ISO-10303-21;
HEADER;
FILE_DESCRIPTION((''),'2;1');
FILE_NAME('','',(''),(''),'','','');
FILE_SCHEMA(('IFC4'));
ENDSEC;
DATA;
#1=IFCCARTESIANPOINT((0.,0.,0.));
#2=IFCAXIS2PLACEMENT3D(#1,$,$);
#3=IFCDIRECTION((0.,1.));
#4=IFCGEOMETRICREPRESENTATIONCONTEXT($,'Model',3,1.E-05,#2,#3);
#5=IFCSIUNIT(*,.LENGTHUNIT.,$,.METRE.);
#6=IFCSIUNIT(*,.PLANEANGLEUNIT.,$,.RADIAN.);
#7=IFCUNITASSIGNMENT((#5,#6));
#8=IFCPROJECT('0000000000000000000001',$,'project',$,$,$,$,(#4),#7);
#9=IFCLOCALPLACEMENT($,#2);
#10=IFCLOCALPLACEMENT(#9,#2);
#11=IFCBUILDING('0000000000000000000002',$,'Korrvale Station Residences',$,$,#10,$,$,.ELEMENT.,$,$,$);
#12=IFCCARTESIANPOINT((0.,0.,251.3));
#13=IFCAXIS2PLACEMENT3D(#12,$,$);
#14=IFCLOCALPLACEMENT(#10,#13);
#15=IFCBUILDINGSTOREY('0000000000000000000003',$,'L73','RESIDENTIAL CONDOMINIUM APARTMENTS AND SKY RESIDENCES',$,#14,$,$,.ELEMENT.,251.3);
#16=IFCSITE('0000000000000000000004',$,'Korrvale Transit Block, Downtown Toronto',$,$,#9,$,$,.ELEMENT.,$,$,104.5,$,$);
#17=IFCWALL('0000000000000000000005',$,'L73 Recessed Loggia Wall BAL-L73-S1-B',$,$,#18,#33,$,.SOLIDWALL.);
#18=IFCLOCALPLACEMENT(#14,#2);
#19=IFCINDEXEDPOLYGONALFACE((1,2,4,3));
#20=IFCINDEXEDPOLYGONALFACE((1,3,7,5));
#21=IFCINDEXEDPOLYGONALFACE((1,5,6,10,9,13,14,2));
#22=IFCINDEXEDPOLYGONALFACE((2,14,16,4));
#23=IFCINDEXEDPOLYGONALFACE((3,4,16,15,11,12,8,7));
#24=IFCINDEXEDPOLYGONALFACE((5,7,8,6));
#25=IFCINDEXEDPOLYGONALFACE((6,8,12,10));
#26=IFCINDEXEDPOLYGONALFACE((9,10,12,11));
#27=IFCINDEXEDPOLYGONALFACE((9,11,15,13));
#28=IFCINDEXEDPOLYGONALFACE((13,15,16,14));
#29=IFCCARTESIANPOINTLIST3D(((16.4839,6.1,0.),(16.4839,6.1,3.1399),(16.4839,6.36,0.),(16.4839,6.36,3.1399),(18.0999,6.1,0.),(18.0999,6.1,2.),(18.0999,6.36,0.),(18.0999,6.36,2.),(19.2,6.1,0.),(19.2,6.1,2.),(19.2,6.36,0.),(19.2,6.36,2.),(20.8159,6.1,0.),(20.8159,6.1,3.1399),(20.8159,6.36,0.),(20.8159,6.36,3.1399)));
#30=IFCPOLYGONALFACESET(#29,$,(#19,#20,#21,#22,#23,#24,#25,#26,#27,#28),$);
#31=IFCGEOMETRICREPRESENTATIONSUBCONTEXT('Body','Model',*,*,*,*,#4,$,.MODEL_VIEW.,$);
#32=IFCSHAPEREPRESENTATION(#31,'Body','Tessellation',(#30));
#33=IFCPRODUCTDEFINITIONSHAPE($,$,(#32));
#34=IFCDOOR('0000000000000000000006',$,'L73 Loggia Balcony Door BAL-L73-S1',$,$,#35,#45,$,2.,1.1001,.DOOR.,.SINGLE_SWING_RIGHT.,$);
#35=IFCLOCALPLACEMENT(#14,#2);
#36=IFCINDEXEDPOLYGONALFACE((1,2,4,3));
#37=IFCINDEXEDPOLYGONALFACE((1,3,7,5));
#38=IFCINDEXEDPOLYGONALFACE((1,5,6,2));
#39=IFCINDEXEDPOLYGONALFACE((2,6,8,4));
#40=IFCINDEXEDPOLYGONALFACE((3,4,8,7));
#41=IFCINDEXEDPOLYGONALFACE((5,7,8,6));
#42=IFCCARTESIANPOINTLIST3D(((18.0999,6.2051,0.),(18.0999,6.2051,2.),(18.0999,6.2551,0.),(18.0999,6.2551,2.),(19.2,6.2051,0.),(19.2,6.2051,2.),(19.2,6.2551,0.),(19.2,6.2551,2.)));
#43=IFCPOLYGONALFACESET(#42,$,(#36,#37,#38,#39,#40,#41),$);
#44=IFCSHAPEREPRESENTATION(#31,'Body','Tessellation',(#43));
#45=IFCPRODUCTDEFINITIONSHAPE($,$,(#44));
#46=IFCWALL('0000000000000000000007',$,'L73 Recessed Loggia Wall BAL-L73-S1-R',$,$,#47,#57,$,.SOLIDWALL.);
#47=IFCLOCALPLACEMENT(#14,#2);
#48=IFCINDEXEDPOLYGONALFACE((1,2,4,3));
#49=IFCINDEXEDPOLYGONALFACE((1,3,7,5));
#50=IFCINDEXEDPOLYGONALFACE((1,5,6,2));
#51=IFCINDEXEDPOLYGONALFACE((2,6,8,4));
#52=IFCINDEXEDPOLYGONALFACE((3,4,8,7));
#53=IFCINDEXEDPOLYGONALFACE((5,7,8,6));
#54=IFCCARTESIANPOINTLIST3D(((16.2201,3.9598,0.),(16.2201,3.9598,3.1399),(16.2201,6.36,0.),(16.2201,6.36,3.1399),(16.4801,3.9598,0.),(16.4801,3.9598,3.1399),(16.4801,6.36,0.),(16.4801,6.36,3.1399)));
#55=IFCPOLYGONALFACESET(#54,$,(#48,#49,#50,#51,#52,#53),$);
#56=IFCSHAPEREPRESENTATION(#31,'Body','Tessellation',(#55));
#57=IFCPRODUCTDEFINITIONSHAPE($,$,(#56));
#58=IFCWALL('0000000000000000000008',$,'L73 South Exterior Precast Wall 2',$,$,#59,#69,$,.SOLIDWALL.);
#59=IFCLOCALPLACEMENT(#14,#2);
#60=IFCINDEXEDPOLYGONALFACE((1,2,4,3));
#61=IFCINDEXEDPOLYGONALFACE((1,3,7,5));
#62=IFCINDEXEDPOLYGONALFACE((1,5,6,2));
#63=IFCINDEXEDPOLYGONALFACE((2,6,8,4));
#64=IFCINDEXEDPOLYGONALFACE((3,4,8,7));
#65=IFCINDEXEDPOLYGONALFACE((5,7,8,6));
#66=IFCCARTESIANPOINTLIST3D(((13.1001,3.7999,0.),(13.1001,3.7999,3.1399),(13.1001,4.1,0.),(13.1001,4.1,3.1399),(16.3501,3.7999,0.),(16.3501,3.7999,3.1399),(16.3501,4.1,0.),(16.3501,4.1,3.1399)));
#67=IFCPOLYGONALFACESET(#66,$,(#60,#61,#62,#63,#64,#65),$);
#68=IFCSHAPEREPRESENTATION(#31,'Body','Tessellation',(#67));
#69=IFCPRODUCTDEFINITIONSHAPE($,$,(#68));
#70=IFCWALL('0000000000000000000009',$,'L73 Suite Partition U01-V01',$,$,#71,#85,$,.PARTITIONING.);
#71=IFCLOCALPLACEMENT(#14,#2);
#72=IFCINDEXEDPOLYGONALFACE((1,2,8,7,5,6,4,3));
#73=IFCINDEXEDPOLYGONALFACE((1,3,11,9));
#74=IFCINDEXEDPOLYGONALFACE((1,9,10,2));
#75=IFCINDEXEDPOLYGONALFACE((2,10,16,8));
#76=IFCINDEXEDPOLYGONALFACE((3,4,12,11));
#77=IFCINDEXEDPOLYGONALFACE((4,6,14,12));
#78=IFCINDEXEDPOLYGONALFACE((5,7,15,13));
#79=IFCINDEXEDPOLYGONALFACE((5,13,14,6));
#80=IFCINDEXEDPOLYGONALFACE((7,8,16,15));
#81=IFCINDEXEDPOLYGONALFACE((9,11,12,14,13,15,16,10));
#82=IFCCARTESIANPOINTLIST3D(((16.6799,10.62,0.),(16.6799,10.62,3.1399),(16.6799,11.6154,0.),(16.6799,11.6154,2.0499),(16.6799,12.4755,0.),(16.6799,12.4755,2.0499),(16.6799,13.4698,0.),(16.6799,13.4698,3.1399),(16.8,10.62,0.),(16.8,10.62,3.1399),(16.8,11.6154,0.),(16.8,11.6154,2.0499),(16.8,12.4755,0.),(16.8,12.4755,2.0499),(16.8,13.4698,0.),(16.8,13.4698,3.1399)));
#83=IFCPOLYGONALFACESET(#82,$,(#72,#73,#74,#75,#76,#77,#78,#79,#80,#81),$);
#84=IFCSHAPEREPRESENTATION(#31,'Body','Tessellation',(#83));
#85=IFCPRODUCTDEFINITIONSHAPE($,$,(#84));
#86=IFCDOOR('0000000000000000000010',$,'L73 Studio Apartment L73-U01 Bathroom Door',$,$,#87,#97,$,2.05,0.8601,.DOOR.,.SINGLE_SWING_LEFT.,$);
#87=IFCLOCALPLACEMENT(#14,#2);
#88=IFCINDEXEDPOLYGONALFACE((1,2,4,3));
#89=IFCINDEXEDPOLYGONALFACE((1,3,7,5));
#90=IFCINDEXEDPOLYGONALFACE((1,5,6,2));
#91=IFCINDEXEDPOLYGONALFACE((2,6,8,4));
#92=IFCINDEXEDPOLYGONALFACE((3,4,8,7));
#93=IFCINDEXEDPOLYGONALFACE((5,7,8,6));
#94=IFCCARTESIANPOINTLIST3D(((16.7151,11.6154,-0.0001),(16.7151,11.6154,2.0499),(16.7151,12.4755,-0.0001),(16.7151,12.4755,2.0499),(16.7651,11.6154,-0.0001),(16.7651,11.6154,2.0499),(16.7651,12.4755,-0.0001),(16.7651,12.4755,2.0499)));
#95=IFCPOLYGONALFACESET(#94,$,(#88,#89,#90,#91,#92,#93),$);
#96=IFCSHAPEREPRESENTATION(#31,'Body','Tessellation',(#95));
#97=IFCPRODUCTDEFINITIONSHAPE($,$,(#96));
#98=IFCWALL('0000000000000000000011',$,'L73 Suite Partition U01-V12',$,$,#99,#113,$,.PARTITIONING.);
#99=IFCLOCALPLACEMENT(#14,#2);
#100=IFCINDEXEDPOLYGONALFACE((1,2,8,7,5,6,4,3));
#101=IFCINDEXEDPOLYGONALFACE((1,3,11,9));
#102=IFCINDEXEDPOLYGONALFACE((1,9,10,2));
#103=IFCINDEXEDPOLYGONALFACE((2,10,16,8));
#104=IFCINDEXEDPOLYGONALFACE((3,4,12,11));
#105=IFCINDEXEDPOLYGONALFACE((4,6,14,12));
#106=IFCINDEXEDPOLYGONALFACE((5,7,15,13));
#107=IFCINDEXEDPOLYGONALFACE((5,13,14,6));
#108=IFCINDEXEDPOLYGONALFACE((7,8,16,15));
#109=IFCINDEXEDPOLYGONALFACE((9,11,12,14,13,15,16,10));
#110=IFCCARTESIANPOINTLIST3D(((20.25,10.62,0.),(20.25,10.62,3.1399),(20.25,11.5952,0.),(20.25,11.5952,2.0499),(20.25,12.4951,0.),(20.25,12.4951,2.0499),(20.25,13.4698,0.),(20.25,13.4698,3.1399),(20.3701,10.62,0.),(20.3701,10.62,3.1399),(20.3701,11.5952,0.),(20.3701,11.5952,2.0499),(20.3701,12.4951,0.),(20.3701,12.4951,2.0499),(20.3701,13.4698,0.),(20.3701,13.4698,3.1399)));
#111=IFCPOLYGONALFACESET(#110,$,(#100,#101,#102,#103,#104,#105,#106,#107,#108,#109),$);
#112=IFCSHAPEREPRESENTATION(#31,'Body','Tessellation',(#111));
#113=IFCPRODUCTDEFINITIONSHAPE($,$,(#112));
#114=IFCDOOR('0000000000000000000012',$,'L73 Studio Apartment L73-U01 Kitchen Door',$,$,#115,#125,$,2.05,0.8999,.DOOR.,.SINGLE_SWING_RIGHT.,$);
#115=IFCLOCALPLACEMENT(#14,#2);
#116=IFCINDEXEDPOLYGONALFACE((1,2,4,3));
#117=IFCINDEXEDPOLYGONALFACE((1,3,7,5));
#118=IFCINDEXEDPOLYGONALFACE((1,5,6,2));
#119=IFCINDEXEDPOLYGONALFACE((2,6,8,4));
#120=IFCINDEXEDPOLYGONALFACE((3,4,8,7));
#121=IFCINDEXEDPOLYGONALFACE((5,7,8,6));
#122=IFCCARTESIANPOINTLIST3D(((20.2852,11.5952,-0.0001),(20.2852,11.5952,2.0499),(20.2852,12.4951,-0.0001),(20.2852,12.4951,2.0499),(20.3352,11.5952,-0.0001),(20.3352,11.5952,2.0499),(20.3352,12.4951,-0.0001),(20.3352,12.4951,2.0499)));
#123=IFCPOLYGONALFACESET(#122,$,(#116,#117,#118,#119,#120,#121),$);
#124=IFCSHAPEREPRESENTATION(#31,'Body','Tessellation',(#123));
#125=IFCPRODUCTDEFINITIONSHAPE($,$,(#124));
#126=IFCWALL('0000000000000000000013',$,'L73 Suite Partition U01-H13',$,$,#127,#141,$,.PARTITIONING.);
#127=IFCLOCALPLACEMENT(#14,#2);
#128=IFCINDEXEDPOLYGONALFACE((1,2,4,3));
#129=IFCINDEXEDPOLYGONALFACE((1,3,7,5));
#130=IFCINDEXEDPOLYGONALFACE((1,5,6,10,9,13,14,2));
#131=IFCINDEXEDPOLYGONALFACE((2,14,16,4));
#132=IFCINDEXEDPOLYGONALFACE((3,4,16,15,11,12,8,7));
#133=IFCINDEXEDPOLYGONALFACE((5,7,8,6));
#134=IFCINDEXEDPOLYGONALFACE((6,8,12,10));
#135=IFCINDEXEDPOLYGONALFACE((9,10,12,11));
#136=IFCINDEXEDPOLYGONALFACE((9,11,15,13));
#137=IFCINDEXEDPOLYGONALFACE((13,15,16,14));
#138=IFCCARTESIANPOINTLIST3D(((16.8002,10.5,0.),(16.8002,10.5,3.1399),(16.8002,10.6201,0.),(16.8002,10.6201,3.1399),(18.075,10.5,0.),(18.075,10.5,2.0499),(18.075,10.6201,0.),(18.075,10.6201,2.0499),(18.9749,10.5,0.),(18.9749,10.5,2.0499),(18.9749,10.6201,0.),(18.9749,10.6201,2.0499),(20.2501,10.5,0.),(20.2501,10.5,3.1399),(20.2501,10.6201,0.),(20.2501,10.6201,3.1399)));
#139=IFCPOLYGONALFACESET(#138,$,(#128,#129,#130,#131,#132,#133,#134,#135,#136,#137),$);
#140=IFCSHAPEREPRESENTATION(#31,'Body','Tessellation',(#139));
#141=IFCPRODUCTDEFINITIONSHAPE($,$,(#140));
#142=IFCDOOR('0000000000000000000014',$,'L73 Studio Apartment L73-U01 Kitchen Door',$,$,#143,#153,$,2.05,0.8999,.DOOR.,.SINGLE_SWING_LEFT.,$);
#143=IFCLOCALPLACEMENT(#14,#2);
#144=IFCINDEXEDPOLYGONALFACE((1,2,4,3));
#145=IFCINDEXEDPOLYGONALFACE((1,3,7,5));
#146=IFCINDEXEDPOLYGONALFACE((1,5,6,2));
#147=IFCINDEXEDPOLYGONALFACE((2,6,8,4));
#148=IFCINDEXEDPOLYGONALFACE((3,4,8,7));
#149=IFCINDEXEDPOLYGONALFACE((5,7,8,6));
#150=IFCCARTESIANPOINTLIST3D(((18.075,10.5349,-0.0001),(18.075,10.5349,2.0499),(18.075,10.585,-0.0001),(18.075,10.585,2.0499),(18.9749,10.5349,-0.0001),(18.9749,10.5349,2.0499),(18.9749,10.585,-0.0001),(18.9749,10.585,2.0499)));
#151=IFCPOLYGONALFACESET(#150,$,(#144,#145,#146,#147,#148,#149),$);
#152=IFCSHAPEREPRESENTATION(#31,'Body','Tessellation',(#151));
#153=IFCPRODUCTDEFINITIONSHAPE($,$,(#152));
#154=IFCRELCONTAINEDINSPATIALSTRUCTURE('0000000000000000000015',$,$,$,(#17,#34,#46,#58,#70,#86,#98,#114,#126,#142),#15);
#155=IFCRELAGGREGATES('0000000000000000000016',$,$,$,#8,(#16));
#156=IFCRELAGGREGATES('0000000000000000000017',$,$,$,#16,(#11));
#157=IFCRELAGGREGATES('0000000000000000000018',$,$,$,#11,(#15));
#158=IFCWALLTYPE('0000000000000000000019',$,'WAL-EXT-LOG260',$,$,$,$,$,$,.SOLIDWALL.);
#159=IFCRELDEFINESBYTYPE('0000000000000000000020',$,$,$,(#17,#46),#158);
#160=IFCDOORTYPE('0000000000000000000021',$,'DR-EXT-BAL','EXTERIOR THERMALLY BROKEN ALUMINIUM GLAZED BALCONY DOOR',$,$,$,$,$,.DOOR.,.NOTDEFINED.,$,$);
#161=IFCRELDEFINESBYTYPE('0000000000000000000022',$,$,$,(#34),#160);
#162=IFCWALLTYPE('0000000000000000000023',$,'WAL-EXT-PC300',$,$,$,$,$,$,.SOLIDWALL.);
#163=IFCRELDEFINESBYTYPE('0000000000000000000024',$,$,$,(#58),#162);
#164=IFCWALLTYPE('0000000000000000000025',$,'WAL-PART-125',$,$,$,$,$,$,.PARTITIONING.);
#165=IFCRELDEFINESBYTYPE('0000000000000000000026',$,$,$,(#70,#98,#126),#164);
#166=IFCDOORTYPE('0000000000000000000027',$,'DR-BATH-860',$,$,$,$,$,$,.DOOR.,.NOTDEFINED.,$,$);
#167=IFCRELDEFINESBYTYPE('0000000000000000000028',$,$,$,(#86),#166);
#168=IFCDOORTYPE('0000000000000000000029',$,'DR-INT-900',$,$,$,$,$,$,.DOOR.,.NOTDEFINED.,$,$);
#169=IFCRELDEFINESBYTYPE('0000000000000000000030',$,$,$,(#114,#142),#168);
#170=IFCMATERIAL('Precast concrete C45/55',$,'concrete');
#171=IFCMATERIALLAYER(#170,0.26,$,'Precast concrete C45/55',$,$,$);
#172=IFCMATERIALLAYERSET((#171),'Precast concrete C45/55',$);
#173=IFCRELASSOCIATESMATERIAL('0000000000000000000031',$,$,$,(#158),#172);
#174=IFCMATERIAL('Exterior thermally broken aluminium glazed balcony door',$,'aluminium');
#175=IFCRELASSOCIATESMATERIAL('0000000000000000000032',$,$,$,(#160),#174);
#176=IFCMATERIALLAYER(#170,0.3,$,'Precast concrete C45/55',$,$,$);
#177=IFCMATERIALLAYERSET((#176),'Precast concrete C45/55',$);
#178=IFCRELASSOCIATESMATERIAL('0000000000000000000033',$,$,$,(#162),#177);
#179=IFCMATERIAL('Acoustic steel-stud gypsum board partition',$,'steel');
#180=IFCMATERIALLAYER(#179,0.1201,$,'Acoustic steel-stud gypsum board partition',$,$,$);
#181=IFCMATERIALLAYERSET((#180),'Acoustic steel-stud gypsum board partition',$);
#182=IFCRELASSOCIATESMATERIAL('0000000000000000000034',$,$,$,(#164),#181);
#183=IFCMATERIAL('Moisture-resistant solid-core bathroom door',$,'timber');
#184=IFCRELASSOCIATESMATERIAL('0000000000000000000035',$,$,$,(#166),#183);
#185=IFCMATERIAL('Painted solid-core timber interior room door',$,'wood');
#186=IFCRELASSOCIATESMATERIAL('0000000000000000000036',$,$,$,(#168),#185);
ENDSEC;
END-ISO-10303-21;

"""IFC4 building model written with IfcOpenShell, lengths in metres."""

from ifc_helpers import new_model, si_unit, direction, frame, frame_2d, origin, place, context, subcontext, project, spatial, rectangle, extrude, material, layer, layer_set, type_object, element, fill, save


model = new_model("IFC4")

# Units and contexts
model_context = context("Model", 3, precision=1e-05, world=origin(), true_north=direction((0.0, 1.0)))
body_context = subcontext(model_context, "Body", "Model", "MODEL_VIEW")
ifc_project = project(units=[si_unit("LENGTHUNIT", "METRE"), si_unit("PLANEANGLEUNIT", "RADIAN")], contexts=[model_context])

# Site, building, storey
site_placement = place(None, origin())
site = spatial("IfcSite", under=ifc_project, at=site_placement, Name="Korrvale Transit Block, Downtown Toronto", CompositionType="ELEMENT", RefElevation=104.5)
building_placement = place(site_placement, origin())
building = spatial("IfcBuilding", under=site, at=building_placement, Name="Korrvale Station Residences", CompositionType="ELEMENT")
storey_placement = place(building_placement, frame((0.0, 0.0, 251.3)))
storey = spatial("IfcBuildingStorey", under=building, at=storey_placement, Name="L73", Description="RESIDENTIAL CONDOMINIUM APARTMENTS AND SKY RESIDENCES", CompositionType="ELEMENT", Elevation=251.3)

# Shared definitions
ifc_material_1 = material(Name="Precast concrete C45/55", Category="concrete")
ifc_layer_1 = layer(ifc_material_1, 0.26, Name="Precast concrete C45/55")
ifc_layer_set_1 = layer_set([ifc_layer_1], Name="Precast concrete C45/55")
wall_type_1 = type_object("IfcWallType", Name="WAL-EXT-LOG260", PredefinedType="SOLIDWALL", material=ifc_layer_set_1)

# Wall, opening, door
wall_1_placement = place(storey_placement, frame((20.8159, 6.23, 0.0), z_axis=(0.0, 0.0, 1.0), x_axis=(-1.0, 0.0, 0.0)))
wall_1 = element("IfcWall", 1, at=wall_1_placement, inside=storey, type_object=wall_type_1, Name="L73 Recessed Loggia Wall BAL-L73-S1-B", PredefinedType="SOLIDWALL", context=body_context, shape_type="SweptSolid", body=[
    extrude(rectangle(XDim=4.332, YDim=0.26, at=frame_2d((2.166, 0.0))), origin(), (0.0, 0.0, 1.0), 3.1399),
])
opening_1_placement = place(wall_1_placement, frame((1.616, 0.0, 0.0)))
opening_1 = element("IfcOpeningElement", 2, at=opening_1_placement, cuts=wall_1, PredefinedType="OPENING", context=body_context, shape_type="SweptSolid", body=[
    extrude(rectangle(XDim=1.1001, YDim=2.0, at=frame_2d((0.55, 1.0))), frame((0.0, 0.1401, 0.0), z_axis=(0.0, -1.0, 0.0), x_axis=(1.0, 0.0, 0.0)), (0.0, 0.0, 1.0), 0.28),
])
ifc_material_2 = material(Name="Exterior thermally broken aluminium glazed balcony door", Category="aluminium")
door_type_1 = type_object("IfcDoorType", Name="DR-EXT-BAL", Description="EXTERIOR THERMALLY BROKEN ALUMINIUM GLAZED BALCONY DOOR", OperationType="NOTDEFINED", PredefinedType="DOOR", material=ifc_material_2)
door_1_placement = place(opening_1_placement, origin())
door_1 = element("IfcDoor", 3, at=door_1_placement, inside=storey, type_object=door_type_1, Name="L73 Loggia Balcony Door BAL-L73-S1", OperationType="SINGLE_SWING_RIGHT", OverallHeight=2.0, OverallWidth=1.1001, PredefinedType="DOOR", context=body_context, shape_type="SweptSolid", body=[
    extrude(rectangle(XDim=1.1001, YDim=2.0, at=frame_2d((0.55, 1.0))), frame((0.0, 0.0249, 0.0), z_axis=(0.0, -1.0, 0.0), x_axis=(1.0, 0.0, 0.0)), (0.0, 0.0, 1.0), 0.05),
])
fill(opening_1, door_1)

# Walls
wall_2_placement = place(storey_placement, frame((16.3501, 6.3601, 0.0), z_axis=(0.0, 0.0, 1.0), x_axis=(0.0, -1.0, 0.0)))
element("IfcWall", 4, at=wall_2_placement, inside=storey, type_object=wall_type_1, Name="L73 Recessed Loggia Wall BAL-L73-S1-R", PredefinedType="SOLIDWALL", context=body_context, shape_type="SweptSolid", body=[
    extrude(rectangle(XDim=2.4001, YDim=0.26, at=frame_2d((1.2002, 0.0))), origin(), (0.0, 0.0, 1.0), 3.1399),
])
ifc_layer_2 = layer(ifc_material_1, 0.3, Name="Precast concrete C45/55")
ifc_layer_set_2 = layer_set([ifc_layer_2], Name="Precast concrete C45/55")
wall_type_2 = type_object("IfcWallType", Name="WAL-EXT-PC300", PredefinedType="SOLIDWALL", material=ifc_layer_set_2)
wall_3_placement = place(storey_placement, frame((16.3501, 3.95, 0.0), z_axis=(0.0, 0.0, 1.0), x_axis=(-1.0, 0.0, 0.0)))
element("IfcWall", 5, at=wall_3_placement, inside=storey, type_object=wall_type_2, Name="L73 South Exterior Precast Wall 2", PredefinedType="SOLIDWALL", context=body_context, shape_type="SweptSolid", body=[
    extrude(rectangle(XDim=3.25, YDim=0.3, at=frame_2d((1.625, 0.0))), origin(), (0.0, 0.0, 1.0), 3.1399),
])

# Walls, openings, doors
ifc_material_3 = material(Name="Acoustic steel-stud gypsum board partition", Category="steel")
ifc_layer_3 = layer(ifc_material_3, 0.1201, Name="Acoustic steel-stud gypsum board partition")
ifc_layer_set_3 = layer_set([ifc_layer_3], Name="Acoustic steel-stud gypsum board partition")
wall_type_3 = type_object("IfcWallType", Name="WAL-PART-125", PredefinedType="PARTITIONING", material=ifc_layer_set_3)
wall_4_placement = place(storey_placement, frame((16.74, 10.6201, 0.0), z_axis=(0.0, 0.0, 1.0), x_axis=(0.0, 1.0, 0.0)))
wall_4 = element("IfcWall", 6, at=wall_4_placement, inside=storey, type_object=wall_type_3, Name="L73 Suite Partition U01-V01", PredefinedType="PARTITIONING", context=body_context, shape_type="SweptSolid", body=[
    extrude(rectangle(XDim=2.8499, YDim=0.1201, at=frame_2d((1.4248, 0.0))), origin(), (0.0, 0.0, 1.0), 3.1399),
])
opening_2_placement = place(wall_4_placement, frame((0.9951, 0.0, 0.0)))
opening_2 = element("IfcOpeningElement", 7, at=opening_2_placement, cuts=wall_4, PredefinedType="OPENING", context=body_context, shape_type="SweptSolid", body=[
    extrude(rectangle(XDim=0.8601, YDim=2.05, at=frame_2d((0.4302, 1.0249))), frame((0.0, 0.0701, 0.0), z_axis=(0.0, -1.0, 0.0), x_axis=(1.0, 0.0, 0.0)), (0.0, 0.0, 1.0), 0.1401),
])
ifc_material_4 = material(Name="Moisture-resistant solid-core bathroom door", Category="timber")
door_type_2 = type_object("IfcDoorType", Name="DR-BATH-860", OperationType="NOTDEFINED", PredefinedType="DOOR", material=ifc_material_4)
door_2_placement = place(opening_2_placement, origin())
door_2 = element("IfcDoor", 8, at=door_2_placement, inside=storey, type_object=door_type_2, Name="L73 Studio Apartment L73-U01 Bathroom Door", OperationType="SINGLE_SWING_LEFT", OverallHeight=2.05, OverallWidth=0.8601, PredefinedType="DOOR", context=body_context, shape_type="SweptSolid", body=[
    extrude(rectangle(XDim=0.8601, YDim=2.05, at=frame_2d((0.4302, 1.0249))), frame((0.0, 0.0249, 0.0), z_axis=(0.0, -1.0, 0.0), x_axis=(1.0, 0.0, 0.0)), (0.0, 0.0, 1.0), 0.05),
])
fill(opening_2, door_2)
wall_5_placement = place(storey_placement, frame((20.3101, 10.6201, 0.0), z_axis=(0.0, 0.0, 1.0), x_axis=(0.0, 1.0, 0.0)))
wall_5 = element("IfcWall", 9, at=wall_5_placement, inside=storey, type_object=wall_type_3, Name="L73 Suite Partition U01-V12", PredefinedType="PARTITIONING", context=body_context, shape_type="SweptSolid", body=[
    extrude(rectangle(XDim=2.8499, YDim=0.1201, at=frame_2d((1.4248, 0.0))), origin(), (0.0, 0.0, 1.0), 3.1399),
])
opening_3_placement = place(wall_5_placement, frame((0.9751, 0.0, 0.0)))
opening_3 = element("IfcOpeningElement", 10, at=opening_3_placement, cuts=wall_5, PredefinedType="OPENING", context=body_context, shape_type="SweptSolid", body=[
    extrude(rectangle(XDim=0.8999, YDim=2.05, at=frame_2d((0.45, 1.0249))), frame((0.0, 0.0701, 0.0), z_axis=(0.0, -1.0, 0.0), x_axis=(1.0, 0.0, 0.0)), (0.0, 0.0, 1.0), 0.1401),
])
ifc_material_5 = material(Name="Painted solid-core timber interior room door", Category="wood")
door_type_3 = type_object("IfcDoorType", Name="DR-INT-900", OperationType="NOTDEFINED", PredefinedType="DOOR", material=ifc_material_5)
door_3_placement = place(opening_3_placement, origin())
door_3 = element("IfcDoor", 11, at=door_3_placement, inside=storey, type_object=door_type_3, Name="L73 Studio Apartment L73-U01 Kitchen Door", OperationType="SINGLE_SWING_RIGHT", OverallHeight=2.05, OverallWidth=0.8999, PredefinedType="DOOR", context=body_context, shape_type="SweptSolid", body=[
    extrude(rectangle(XDim=0.8999, YDim=2.05, at=frame_2d((0.45, 1.0249))), frame((0.0, 0.0249, 0.0), z_axis=(0.0, -1.0, 0.0), x_axis=(1.0, 0.0, 0.0)), (0.0, 0.0, 1.0), 0.05),
])
fill(opening_3, door_3)
wall_6_placement = place(storey_placement, frame((16.8, 10.5601, 0.0), z_axis=(0.0, 0.0, 1.0), x_axis=(1.0, 0.0, 0.0)))
wall_6 = element("IfcWall", 12, at=wall_6_placement, inside=storey, type_object=wall_type_3, Name="L73 Suite Partition U01-H13", PredefinedType="PARTITIONING", context=body_context, shape_type="SweptSolid", body=[
    extrude(rectangle(XDim=3.45, YDim=0.1201, at=frame_2d((1.7251, 0.0))), origin(), (0.0, 0.0, 1.0), 3.1399),
])
opening_4_placement = place(wall_6_placement, frame((1.2749, 0.0, 0.0)))
opening_4 = element("IfcOpeningElement", 13, at=opening_4_placement, cuts=wall_6, PredefinedType="OPENING", context=body_context, shape_type="SweptSolid", body=[
    extrude(rectangle(XDim=0.8999, YDim=2.05, at=frame_2d((0.45, 1.0249))), frame((0.0, 0.0701, 0.0), z_axis=(0.0, -1.0, 0.0), x_axis=(1.0, 0.0, 0.0)), (0.0, 0.0, 1.0), 0.1401),
])
door_4_placement = place(opening_4_placement, origin())
door_4 = element("IfcDoor", 14, at=door_4_placement, inside=storey, type_object=door_type_3, Name="L73 Studio Apartment L73-U01 Kitchen Door", OperationType="SINGLE_SWING_LEFT", OverallHeight=2.05, OverallWidth=0.8999, PredefinedType="DOOR", context=body_context, shape_type="SweptSolid", body=[
    extrude(rectangle(XDim=0.8999, YDim=2.05, at=frame_2d((0.45, 1.0249))), frame((0.0, 0.0249, 0.0), z_axis=(0.0, -1.0, 0.0), x_axis=(1.0, 0.0, 0.0)), (0.0, 0.0, 1.0), 0.05),
])
fill(opening_4, door_4)

save(model, "model.ifc")
